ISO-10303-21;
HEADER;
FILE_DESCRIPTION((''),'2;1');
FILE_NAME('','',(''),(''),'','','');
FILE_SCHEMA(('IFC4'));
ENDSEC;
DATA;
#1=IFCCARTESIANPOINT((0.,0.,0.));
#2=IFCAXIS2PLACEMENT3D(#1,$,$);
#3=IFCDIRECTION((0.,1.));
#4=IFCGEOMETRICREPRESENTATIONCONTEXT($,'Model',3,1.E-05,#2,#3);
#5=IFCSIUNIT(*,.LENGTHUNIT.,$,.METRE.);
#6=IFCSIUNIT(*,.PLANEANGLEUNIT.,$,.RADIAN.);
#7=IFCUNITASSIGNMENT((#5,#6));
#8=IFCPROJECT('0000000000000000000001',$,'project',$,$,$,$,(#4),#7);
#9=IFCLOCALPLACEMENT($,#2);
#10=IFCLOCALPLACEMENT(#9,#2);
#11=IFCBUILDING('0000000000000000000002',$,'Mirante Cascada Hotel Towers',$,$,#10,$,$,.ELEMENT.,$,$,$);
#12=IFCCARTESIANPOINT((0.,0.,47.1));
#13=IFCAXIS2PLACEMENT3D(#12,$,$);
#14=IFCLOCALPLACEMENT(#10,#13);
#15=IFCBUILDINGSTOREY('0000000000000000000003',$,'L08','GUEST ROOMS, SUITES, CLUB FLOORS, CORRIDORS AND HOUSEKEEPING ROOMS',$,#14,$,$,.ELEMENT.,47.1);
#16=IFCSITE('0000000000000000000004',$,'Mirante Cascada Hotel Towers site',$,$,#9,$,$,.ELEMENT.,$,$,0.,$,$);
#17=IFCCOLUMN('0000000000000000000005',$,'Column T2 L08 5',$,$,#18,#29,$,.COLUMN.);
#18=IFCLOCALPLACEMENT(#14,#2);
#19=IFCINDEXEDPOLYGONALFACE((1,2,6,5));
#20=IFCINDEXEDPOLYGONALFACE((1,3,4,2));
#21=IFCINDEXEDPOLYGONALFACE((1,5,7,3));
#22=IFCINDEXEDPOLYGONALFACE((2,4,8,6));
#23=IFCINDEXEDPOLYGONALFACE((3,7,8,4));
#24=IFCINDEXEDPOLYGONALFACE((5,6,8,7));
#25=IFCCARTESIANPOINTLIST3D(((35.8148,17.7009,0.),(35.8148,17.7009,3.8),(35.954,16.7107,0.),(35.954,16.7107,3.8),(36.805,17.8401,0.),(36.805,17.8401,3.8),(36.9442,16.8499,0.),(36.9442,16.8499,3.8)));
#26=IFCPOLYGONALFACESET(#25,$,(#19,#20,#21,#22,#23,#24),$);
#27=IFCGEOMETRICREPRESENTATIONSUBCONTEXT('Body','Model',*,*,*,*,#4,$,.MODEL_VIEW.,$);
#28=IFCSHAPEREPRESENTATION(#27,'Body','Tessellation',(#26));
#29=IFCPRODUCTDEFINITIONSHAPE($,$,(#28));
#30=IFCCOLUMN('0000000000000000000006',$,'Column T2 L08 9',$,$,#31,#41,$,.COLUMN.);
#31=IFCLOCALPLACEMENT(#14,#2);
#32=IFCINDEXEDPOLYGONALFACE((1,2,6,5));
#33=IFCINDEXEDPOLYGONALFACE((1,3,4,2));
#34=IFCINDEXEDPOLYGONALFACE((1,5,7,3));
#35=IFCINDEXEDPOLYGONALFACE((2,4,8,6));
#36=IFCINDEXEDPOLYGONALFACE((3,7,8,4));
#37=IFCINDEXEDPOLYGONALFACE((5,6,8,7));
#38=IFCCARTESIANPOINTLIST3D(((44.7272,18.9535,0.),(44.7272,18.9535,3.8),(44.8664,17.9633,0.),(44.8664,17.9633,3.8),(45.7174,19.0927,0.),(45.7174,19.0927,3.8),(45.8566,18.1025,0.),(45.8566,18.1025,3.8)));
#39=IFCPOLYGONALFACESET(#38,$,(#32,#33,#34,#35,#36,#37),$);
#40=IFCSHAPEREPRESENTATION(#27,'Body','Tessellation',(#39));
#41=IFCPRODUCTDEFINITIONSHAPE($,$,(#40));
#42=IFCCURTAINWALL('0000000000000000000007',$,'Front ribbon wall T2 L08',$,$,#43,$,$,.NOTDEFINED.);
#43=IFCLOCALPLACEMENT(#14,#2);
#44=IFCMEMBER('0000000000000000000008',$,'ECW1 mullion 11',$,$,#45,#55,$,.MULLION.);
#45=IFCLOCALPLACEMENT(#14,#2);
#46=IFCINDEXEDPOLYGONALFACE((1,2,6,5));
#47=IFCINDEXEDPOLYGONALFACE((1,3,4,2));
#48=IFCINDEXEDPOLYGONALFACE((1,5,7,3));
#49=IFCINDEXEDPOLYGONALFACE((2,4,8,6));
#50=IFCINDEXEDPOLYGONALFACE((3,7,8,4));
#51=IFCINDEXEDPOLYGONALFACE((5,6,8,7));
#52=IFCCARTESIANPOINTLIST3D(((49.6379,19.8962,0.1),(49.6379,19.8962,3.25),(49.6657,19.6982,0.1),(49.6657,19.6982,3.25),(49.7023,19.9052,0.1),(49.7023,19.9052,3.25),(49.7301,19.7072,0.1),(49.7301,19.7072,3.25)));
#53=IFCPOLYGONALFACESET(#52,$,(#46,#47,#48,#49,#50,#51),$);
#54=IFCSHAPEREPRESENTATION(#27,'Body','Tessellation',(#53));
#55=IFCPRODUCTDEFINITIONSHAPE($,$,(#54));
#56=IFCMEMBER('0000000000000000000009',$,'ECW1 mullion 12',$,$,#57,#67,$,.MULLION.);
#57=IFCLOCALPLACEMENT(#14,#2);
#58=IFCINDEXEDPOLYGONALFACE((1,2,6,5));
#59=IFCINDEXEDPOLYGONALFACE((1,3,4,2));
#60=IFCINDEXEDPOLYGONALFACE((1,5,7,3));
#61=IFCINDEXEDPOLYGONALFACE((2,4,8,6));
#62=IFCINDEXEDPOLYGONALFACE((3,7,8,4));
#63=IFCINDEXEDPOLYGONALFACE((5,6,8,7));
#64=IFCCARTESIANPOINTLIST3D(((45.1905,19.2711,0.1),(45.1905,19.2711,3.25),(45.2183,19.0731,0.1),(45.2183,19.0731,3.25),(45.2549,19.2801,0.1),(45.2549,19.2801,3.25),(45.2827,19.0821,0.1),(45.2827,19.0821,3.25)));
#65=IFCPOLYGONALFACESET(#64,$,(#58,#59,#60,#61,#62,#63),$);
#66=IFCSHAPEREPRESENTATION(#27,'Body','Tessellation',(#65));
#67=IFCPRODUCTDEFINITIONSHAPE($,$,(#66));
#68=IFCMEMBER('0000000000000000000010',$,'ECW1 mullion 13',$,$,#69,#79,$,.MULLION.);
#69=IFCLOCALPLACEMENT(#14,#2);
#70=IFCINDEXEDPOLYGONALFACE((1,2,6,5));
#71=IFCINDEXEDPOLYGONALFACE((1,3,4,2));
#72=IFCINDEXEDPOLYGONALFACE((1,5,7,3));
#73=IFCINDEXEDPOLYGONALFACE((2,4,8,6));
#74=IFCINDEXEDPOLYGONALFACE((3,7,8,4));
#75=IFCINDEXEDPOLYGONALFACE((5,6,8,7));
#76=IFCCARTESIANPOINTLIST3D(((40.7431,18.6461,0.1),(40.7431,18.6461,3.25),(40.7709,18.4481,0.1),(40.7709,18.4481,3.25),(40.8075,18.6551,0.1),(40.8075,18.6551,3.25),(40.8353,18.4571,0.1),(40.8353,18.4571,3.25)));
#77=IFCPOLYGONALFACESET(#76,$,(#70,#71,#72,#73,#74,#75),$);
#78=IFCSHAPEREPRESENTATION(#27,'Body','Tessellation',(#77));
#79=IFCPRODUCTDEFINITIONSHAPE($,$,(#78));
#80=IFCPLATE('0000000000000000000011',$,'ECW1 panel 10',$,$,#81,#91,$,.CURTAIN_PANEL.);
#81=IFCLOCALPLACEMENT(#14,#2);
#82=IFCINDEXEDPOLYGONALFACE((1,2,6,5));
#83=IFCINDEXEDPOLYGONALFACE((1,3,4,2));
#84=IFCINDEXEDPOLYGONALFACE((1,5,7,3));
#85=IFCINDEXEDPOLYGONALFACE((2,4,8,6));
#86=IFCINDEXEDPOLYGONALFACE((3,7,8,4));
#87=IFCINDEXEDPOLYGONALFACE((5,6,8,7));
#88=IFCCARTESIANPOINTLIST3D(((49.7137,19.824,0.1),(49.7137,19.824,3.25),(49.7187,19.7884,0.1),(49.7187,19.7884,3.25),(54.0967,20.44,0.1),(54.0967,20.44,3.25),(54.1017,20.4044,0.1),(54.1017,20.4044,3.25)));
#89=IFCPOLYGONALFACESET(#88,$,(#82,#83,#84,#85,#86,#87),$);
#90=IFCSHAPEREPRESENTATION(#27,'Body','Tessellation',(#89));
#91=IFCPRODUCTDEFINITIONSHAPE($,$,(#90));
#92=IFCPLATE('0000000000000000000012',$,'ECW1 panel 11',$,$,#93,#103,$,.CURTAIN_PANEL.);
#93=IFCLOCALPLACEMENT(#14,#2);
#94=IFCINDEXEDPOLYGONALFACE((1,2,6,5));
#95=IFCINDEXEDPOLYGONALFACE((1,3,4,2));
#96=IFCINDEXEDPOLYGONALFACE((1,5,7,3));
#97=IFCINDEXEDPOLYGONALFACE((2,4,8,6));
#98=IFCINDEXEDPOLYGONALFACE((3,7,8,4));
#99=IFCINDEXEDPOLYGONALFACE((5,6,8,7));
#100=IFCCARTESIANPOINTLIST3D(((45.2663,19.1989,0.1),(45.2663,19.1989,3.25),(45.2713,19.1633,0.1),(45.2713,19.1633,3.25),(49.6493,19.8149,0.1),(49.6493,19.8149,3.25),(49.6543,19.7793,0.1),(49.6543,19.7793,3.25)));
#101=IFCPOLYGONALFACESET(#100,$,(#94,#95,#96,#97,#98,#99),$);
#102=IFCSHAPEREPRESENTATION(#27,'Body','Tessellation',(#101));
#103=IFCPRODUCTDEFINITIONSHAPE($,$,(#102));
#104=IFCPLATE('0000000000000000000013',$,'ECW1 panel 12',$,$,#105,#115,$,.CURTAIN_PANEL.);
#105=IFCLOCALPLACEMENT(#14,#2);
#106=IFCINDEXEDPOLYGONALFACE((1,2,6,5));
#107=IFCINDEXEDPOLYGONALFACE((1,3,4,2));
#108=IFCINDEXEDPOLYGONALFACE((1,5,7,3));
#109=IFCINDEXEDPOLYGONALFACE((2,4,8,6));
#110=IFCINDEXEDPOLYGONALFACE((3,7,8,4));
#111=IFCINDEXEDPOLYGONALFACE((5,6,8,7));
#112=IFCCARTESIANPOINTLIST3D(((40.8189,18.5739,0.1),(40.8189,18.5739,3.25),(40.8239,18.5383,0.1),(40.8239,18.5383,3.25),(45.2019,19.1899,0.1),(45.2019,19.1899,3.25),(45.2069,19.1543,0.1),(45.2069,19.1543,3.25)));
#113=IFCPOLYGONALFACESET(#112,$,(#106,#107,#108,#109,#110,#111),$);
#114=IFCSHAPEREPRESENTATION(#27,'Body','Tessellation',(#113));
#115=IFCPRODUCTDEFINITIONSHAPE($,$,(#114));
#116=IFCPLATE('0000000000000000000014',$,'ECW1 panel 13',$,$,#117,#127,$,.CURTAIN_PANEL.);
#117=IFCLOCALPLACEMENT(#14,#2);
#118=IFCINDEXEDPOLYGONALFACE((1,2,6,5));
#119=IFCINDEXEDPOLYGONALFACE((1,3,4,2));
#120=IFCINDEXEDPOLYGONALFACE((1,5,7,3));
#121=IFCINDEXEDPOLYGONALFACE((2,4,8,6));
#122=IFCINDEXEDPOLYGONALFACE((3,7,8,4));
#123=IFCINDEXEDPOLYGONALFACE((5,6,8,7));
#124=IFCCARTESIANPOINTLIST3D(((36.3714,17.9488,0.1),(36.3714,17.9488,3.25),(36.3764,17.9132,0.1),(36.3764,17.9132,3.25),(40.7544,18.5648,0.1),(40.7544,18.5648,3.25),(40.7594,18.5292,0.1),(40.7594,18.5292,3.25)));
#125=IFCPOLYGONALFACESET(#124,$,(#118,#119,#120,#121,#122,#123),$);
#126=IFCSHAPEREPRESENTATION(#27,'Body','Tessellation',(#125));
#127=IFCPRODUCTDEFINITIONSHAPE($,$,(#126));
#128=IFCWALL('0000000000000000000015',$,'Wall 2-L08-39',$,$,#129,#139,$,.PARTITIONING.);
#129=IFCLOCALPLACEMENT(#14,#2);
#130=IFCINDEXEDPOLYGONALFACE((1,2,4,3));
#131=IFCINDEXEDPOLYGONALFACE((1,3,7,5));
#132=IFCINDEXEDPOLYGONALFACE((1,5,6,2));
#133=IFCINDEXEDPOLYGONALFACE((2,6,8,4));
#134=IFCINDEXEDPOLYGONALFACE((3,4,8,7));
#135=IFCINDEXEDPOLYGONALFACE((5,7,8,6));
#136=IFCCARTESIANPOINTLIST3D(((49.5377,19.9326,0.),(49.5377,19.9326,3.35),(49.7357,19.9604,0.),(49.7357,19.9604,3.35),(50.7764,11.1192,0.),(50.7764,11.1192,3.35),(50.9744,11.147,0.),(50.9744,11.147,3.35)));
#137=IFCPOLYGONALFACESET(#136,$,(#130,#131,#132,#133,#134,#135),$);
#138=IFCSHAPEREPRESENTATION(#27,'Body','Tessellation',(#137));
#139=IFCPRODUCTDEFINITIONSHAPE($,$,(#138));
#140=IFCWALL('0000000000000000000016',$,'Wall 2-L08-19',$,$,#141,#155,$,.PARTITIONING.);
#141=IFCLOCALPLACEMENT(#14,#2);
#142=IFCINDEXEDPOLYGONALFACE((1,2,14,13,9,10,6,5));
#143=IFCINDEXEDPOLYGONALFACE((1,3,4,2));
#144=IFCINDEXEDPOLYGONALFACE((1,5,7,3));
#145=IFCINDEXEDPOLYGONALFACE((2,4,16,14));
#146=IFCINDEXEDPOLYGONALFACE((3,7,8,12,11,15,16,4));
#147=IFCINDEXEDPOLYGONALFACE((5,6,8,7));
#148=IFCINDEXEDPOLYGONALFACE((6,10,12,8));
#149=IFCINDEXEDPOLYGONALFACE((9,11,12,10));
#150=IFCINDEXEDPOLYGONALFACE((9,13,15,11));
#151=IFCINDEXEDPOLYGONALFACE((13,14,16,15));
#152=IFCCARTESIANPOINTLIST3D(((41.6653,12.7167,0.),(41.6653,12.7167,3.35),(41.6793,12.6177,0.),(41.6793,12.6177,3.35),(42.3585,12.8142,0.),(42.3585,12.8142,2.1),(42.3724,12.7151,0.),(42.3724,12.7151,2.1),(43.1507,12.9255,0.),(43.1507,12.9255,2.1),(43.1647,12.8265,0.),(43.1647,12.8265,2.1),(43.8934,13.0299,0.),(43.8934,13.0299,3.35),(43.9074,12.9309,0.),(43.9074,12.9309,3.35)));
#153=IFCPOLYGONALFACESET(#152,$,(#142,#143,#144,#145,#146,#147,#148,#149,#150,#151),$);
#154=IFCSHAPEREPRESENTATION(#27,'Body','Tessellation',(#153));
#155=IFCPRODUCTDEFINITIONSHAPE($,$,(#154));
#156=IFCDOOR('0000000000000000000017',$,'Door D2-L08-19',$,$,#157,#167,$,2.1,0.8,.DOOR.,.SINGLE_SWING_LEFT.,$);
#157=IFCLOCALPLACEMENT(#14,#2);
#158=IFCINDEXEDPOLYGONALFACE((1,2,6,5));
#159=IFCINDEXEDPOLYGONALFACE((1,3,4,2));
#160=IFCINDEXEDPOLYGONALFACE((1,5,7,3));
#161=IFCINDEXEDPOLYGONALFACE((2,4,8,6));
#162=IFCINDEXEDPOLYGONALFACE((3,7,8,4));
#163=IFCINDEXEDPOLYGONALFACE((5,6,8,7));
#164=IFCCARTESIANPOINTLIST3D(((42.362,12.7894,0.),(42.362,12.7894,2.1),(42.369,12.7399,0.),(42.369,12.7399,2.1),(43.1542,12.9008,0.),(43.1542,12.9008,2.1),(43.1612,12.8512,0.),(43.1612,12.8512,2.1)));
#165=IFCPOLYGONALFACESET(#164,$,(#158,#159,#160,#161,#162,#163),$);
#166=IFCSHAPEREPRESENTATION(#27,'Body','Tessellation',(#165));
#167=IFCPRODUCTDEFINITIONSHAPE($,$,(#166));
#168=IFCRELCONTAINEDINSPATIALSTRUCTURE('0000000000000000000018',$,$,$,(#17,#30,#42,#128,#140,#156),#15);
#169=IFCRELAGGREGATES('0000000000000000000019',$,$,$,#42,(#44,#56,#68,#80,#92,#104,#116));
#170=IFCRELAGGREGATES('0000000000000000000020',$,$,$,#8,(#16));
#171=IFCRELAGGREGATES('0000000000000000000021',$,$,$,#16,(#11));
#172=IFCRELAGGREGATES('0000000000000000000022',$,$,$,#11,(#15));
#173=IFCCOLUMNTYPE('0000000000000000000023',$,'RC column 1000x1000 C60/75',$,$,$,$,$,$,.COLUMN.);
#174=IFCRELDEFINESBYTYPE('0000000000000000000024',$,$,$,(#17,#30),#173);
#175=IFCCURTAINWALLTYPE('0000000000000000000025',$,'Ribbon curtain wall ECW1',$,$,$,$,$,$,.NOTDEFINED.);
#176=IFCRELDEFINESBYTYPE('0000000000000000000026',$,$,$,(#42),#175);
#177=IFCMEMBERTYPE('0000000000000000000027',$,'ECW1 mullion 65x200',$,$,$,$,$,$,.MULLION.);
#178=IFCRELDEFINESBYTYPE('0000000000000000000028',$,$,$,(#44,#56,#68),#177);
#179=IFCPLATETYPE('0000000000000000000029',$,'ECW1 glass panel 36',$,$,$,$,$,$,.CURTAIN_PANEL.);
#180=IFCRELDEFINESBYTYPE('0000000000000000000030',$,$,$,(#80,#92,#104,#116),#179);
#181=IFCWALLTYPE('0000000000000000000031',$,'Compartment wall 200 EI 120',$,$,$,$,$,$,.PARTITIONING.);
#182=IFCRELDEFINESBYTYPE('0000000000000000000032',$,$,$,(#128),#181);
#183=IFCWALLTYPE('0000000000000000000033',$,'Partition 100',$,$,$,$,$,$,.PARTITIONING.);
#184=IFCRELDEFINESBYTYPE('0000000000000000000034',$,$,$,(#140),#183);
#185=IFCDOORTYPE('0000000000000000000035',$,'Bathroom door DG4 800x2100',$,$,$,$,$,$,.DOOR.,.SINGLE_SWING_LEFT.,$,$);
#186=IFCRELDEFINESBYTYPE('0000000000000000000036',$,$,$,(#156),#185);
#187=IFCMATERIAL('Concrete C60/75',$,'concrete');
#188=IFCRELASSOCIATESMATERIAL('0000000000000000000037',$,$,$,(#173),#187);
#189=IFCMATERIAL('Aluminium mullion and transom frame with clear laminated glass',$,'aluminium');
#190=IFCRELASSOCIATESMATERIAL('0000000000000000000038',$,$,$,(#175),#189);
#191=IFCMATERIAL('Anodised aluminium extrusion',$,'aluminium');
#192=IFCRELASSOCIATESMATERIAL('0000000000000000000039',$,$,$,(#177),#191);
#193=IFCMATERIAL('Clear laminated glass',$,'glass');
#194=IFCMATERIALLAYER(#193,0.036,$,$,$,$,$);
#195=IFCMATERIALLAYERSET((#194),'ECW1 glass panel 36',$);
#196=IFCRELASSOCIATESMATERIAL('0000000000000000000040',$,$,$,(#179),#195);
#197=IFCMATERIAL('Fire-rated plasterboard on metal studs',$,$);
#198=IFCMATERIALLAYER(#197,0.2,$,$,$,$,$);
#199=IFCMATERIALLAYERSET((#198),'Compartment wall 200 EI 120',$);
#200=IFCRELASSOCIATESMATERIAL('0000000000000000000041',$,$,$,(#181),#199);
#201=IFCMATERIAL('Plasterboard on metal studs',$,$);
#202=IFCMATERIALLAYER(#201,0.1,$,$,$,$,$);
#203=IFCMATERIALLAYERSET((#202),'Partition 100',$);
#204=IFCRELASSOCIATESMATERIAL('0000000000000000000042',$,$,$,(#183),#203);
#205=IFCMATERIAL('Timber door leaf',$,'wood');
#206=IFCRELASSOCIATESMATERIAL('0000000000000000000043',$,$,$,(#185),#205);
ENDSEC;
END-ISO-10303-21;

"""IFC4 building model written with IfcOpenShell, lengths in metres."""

from ifc_helpers import new_model, si_unit, direction, frame, frame_2d, origin, origin_2d, place, context, subcontext, project, spatial, rectangle, extrude, material, layer, layer_set, material_profile, profile_set, type_object, element, fill, aggregate, save


model = new_model("IFC4")

# Units and contexts
model_context = context("Model", 3, precision=1e-05, world=origin(), true_north=direction((0.0, 1.0)))
body_context = subcontext(model_context, "Body", "Model", "MODEL_VIEW")
ifc_project = project(units=[si_unit("LENGTHUNIT", "METRE"), si_unit("PLANEANGLEUNIT", "RADIAN")], contexts=[model_context])

# Site, building, storey
site_placement = place(None, origin())
site = spatial("IfcSite", under=ifc_project, at=site_placement, Name="Mirante Cascada Hotel Towers site", CompositionType="ELEMENT", RefElevation=0.0)
building_placement = place(site_placement, origin())
building = spatial("IfcBuilding", under=site, at=building_placement, Name="Mirante Cascada Hotel Towers", CompositionType="ELEMENT")
storey_placement = place(building_placement, frame((0.0, 0.0, 47.1)))
storey = spatial("IfcBuildingStorey", under=building, at=storey_placement, Name="L08", Description="GUEST ROOMS, SUITES, CLUB FLOORS, CORRIDORS AND HOUSEKEEPING ROOMS", CompositionType="ELEMENT", Elevation=47.1)

# Columns
ifc_material_1 = material(Name="Concrete C60/75", Category="concrete")
ifc_material_profile_1 = material_profile(ifc_material_1, rectangle(XDim=1.0, YDim=1.0, at=origin_2d()), Name="RC column 1000x1000 C60/75")
ifc_profile_set_1 = profile_set([ifc_material_profile_1], Name="Concrete C60/75")
column_type = type_object("IfcColumnType", Name="RC column 1000x1000 C60/75", PredefinedType="COLUMN", material=ifc_profile_set_1)
for number, where, z_axis, x_axis, name in (
    (1, (36.3795, 17.2754, 0.0), (0.0, 0.0, 1.0), (0.990268, 0.139173, 0.0), "Column T2 L08 5"),
    (2, (45.2919, 18.528, 0.0), (0.0, 0.0, 1.0), (0.990268, 0.139173, 0.0), "Column T2 L08 9"),
):
    element("IfcColumn", number, at=place(storey_placement, frame(where, z_axis=z_axis, x_axis=x_axis)), inside=storey, type_object=column_type, Name=name, PredefinedType="COLUMN", context=body_context, shape_type="SweptSolid", body=[
        extrude(rectangle(XDim=1.0, YDim=1.0, at=origin_2d()), origin(), (0.0, 0.0, 1.0), 3.8),
    ])

# Curtain wall, members, plates
ifc_material_2 = material(Name="Aluminium mullion and transom frame with clear laminated glass", Category="aluminium")
curtain_wall_type = type_object("IfcCurtainWallType", Name="Ribbon curtain wall ECW1", PredefinedType="NOTDEFINED", material=ifc_material_2)
curtain_wall_placement = place(storey_placement, origin())
curtain_wall = element("IfcCurtainWall", 3, at=curtain_wall_placement, inside=storey, type_object=curtain_wall_type, Name="Front ribbon wall T2 L08", PredefinedType="NOTDEFINED")
ifc_material_3 = material(Name="Anodised aluminium extrusion", Category="aluminium")
ifc_material_profile_2 = material_profile(ifc_material_3, rectangle(XDim=0.2, YDim=0.065, at=origin_2d()), Name="ECW1 MULLION 65x200")
ifc_profile_set_2 = profile_set([ifc_material_profile_2], Name="Anodised aluminium extrusion")
member_type = type_object("IfcMemberType", Name="ECW1 mullion 65x200", PredefinedType="MULLION", material=ifc_profile_set_2)
member_1_placement = place(storey_placement, frame((49.684, 19.8017, 0.1), z_axis=(0.0, 0.0, 1.0), x_axis=(0.139173, -0.990268, 0.0)))
member_1 = element("IfcMember", 4, at=member_1_placement, type_object=member_type, Name="ECW1 mullion 11", PredefinedType="MULLION", context=body_context, shape_type="SweptSolid", body=[
    extrude(rectangle(XDim=0.2, YDim=0.065, at=origin_2d()), origin(), (0.0, 0.0, 1.0), 3.15),
])
member_2_placement = place(storey_placement, frame((45.2366, 19.1766, 0.1), z_axis=(0.0, 0.0, 1.0), x_axis=(0.139173, -0.990268, 0.0)))
member_2 = element("IfcMember", 5, at=member_2_placement, type_object=member_type, Name="ECW1 mullion 12", PredefinedType="MULLION", context=body_context, shape_type="SweptSolid", body=[
    extrude(rectangle(XDim=0.2, YDim=0.065, at=origin_2d()), origin(), (0.0, 0.0, 1.0), 3.15),
])
member_3_placement = place(storey_placement, frame((40.7892, 18.5516, 0.1), z_axis=(0.0, 0.0, 1.0), x_axis=(0.139173, -0.990268, 0.0)))
member_3 = element("IfcMember", 6, at=member_3_placement, type_object=member_type, Name="ECW1 mullion 13", PredefinedType="MULLION", context=body_context, shape_type="SweptSolid", body=[
    extrude(rectangle(XDim=0.2, YDim=0.065, at=origin_2d()), origin(), (0.0, 0.0, 1.0), 3.15),
])
ifc_material_4 = material(Name="Clear laminated glass", Category="glass")
ifc_layer_1 = layer(ifc_material_4, 0.036)
ifc_layer_set_1 = layer_set([ifc_layer_1], Name="ECW1 glass panel 36")
plate_type = type_object("IfcPlateType", Name="ECW1 glass panel 36", PredefinedType="CURTAIN_PANEL", material=ifc_layer_set_1)
plate_1_placement = place(storey_placement, frame((51.9077, 20.1142, 0.1), z_axis=(0.0, 0.0, 1.0), x_axis=(-0.990268, -0.139173, 0.0)))
plate_1 = element("IfcPlate", 7, at=plate_1_placement, type_object=plate_type, Name="ECW1 panel 10", PredefinedType="CURTAIN_PANEL", context=body_context, shape_type="SweptSolid", body=[
    extrude(rectangle(XDim=4.4261, YDim=0.036, at=origin_2d()), origin(), (0.0, 0.0, 1.0), 3.15),
])
plate_2_placement = place(storey_placement, frame((47.4603, 19.4891, 0.1), z_axis=(0.0, 0.0, 1.0), x_axis=(-0.990268, -0.139173, 0.0)))
plate_2 = element("IfcPlate", 8, at=plate_2_placement, type_object=plate_type, Name="ECW1 panel 11", PredefinedType="CURTAIN_PANEL", context=body_context, shape_type="SweptSolid", body=[
    extrude(rectangle(XDim=4.4261, YDim=0.036, at=origin_2d()), origin(), (0.0, 0.0, 1.0), 3.15),
])
plate_3_placement = place(storey_placement, frame((43.0129, 18.8641, 0.1), z_axis=(0.0, 0.0, 1.0), x_axis=(-0.990268, -0.139173, 0.0)))
plate_3 = element("IfcPlate", 9, at=plate_3_placement, type_object=plate_type, Name="ECW1 panel 12", PredefinedType="CURTAIN_PANEL", context=body_context, shape_type="SweptSolid", body=[
    extrude(rectangle(XDim=4.4261, YDim=0.036, at=origin_2d()), origin(), (0.0, 0.0, 1.0), 3.15),
])
plate_4_placement = place(storey_placement, frame((38.5654, 18.239, 0.1), z_axis=(0.0, 0.0, 1.0), x_axis=(-0.990268, -0.139173, 0.0)))
plate_4 = element("IfcPlate", 10, at=plate_4_placement, type_object=plate_type, Name="ECW1 panel 13", PredefinedType="CURTAIN_PANEL", context=body_context, shape_type="SweptSolid", body=[
    extrude(rectangle(XDim=4.4261, YDim=0.036, at=origin_2d()), origin(), (0.0, 0.0, 1.0), 3.15),
])
aggregate(curtain_wall, [member_1, member_2, member_3, plate_1, plate_2, plate_3, plate_4])

# Wall
ifc_material_5 = material(Name="Fire-rated plasterboard on metal studs")
ifc_layer_2 = layer(ifc_material_5, 0.2)
ifc_layer_set_2 = layer_set([ifc_layer_2], Name="Compartment wall 200 EI 120")
wall_type_1 = type_object("IfcWallType", Name="Compartment wall 200 EI 120", PredefinedType="PARTITIONING", material=ifc_layer_set_2)
wall_1_placement = place(storey_placement, frame((50.8754, 11.1331, 0.0), z_axis=(0.0, 0.0, 1.0), x_axis=(-0.139179, 0.990267, 0.0)))
element("IfcWall", 11, at=wall_1_placement, inside=storey, type_object=wall_type_1, Name="Wall 2-L08-39", PredefinedType="PARTITIONING", context=body_context, shape_type="SweptSolid", body=[
    extrude(rectangle(XDim=8.9, YDim=0.2, at=frame_2d((4.45, 0.0))), origin(), (0.0, 0.0, 1.0), 3.35),
])

# Wall, opening, door
ifc_material_6 = material(Name="Plasterboard on metal studs")
ifc_layer_3 = layer(ifc_material_6, 0.1)
ifc_layer_set_3 = layer_set([ifc_layer_3], Name="Partition 100")
wall_type_2 = type_object("IfcWallType", Name="Partition 100", PredefinedType="PARTITIONING", material=ifc_layer_set_3)
wall_2_placement = place(storey_placement, frame((41.6723, 12.6672, 0.0), z_axis=(0.0, 0.0, 1.0), x_axis=(0.990264, 0.1392, 0.0)))
wall_2 = element("IfcWall", 12, at=wall_2_placement, inside=storey, type_object=wall_type_2, Name="Wall 2-L08-19", PredefinedType="PARTITIONING", context=body_context, shape_type="SweptSolid", body=[
    extrude(rectangle(XDim=2.25, YDim=0.1, at=frame_2d((1.125, 0.0))), origin(), (0.0, 0.0, 1.0), 3.35),
])
opening_1_placement = place(wall_2_placement, frame((0.7, 0.0, 0.0)))
opening_1 = element("IfcOpeningElement", 13, at=opening_1_placement, cuts=wall_2, PredefinedType="OPENING", context=body_context, shape_type="SweptSolid", body=[
    extrude(rectangle(XDim=0.8, YDim=2.1, at=frame_2d((0.4, 1.05))), frame((0.0, 0.05, 0.0), z_axis=(0.0, -1.0, 0.0), x_axis=(1.0, 0.0, 0.0)), (0.0, 0.0, 1.0), 0.1),
])
ifc_material_7 = material(Name="Timber door leaf", Category="wood")
door_type = type_object("IfcDoorType", Name="Bathroom door DG4 800x2100", OperationType="SINGLE_SWING_LEFT", PredefinedType="DOOR", material=ifc_material_7)
door_1_placement = place(opening_1_placement, origin())
door_1 = element("IfcDoor", 14, at=door_1_placement, inside=storey, type_object=door_type, Name="Door D2-L08-19", OperationType="SINGLE_SWING_LEFT", OverallHeight=2.1, OverallWidth=0.8, PredefinedType="DOOR", context=body_context, shape_type="SweptSolid", body=[
    extrude(rectangle(XDim=0.8, YDim=2.1, at=frame_2d((0.4, 1.05))), frame((0.0, 0.025, 0.0), z_axis=(0.0, -1.0, 0.0), x_axis=(1.0, 0.0, 0.0)), (0.0, 0.0, 1.0), 0.05),
])
fill(opening_1, door_1)

save(model, "model.ifc")
